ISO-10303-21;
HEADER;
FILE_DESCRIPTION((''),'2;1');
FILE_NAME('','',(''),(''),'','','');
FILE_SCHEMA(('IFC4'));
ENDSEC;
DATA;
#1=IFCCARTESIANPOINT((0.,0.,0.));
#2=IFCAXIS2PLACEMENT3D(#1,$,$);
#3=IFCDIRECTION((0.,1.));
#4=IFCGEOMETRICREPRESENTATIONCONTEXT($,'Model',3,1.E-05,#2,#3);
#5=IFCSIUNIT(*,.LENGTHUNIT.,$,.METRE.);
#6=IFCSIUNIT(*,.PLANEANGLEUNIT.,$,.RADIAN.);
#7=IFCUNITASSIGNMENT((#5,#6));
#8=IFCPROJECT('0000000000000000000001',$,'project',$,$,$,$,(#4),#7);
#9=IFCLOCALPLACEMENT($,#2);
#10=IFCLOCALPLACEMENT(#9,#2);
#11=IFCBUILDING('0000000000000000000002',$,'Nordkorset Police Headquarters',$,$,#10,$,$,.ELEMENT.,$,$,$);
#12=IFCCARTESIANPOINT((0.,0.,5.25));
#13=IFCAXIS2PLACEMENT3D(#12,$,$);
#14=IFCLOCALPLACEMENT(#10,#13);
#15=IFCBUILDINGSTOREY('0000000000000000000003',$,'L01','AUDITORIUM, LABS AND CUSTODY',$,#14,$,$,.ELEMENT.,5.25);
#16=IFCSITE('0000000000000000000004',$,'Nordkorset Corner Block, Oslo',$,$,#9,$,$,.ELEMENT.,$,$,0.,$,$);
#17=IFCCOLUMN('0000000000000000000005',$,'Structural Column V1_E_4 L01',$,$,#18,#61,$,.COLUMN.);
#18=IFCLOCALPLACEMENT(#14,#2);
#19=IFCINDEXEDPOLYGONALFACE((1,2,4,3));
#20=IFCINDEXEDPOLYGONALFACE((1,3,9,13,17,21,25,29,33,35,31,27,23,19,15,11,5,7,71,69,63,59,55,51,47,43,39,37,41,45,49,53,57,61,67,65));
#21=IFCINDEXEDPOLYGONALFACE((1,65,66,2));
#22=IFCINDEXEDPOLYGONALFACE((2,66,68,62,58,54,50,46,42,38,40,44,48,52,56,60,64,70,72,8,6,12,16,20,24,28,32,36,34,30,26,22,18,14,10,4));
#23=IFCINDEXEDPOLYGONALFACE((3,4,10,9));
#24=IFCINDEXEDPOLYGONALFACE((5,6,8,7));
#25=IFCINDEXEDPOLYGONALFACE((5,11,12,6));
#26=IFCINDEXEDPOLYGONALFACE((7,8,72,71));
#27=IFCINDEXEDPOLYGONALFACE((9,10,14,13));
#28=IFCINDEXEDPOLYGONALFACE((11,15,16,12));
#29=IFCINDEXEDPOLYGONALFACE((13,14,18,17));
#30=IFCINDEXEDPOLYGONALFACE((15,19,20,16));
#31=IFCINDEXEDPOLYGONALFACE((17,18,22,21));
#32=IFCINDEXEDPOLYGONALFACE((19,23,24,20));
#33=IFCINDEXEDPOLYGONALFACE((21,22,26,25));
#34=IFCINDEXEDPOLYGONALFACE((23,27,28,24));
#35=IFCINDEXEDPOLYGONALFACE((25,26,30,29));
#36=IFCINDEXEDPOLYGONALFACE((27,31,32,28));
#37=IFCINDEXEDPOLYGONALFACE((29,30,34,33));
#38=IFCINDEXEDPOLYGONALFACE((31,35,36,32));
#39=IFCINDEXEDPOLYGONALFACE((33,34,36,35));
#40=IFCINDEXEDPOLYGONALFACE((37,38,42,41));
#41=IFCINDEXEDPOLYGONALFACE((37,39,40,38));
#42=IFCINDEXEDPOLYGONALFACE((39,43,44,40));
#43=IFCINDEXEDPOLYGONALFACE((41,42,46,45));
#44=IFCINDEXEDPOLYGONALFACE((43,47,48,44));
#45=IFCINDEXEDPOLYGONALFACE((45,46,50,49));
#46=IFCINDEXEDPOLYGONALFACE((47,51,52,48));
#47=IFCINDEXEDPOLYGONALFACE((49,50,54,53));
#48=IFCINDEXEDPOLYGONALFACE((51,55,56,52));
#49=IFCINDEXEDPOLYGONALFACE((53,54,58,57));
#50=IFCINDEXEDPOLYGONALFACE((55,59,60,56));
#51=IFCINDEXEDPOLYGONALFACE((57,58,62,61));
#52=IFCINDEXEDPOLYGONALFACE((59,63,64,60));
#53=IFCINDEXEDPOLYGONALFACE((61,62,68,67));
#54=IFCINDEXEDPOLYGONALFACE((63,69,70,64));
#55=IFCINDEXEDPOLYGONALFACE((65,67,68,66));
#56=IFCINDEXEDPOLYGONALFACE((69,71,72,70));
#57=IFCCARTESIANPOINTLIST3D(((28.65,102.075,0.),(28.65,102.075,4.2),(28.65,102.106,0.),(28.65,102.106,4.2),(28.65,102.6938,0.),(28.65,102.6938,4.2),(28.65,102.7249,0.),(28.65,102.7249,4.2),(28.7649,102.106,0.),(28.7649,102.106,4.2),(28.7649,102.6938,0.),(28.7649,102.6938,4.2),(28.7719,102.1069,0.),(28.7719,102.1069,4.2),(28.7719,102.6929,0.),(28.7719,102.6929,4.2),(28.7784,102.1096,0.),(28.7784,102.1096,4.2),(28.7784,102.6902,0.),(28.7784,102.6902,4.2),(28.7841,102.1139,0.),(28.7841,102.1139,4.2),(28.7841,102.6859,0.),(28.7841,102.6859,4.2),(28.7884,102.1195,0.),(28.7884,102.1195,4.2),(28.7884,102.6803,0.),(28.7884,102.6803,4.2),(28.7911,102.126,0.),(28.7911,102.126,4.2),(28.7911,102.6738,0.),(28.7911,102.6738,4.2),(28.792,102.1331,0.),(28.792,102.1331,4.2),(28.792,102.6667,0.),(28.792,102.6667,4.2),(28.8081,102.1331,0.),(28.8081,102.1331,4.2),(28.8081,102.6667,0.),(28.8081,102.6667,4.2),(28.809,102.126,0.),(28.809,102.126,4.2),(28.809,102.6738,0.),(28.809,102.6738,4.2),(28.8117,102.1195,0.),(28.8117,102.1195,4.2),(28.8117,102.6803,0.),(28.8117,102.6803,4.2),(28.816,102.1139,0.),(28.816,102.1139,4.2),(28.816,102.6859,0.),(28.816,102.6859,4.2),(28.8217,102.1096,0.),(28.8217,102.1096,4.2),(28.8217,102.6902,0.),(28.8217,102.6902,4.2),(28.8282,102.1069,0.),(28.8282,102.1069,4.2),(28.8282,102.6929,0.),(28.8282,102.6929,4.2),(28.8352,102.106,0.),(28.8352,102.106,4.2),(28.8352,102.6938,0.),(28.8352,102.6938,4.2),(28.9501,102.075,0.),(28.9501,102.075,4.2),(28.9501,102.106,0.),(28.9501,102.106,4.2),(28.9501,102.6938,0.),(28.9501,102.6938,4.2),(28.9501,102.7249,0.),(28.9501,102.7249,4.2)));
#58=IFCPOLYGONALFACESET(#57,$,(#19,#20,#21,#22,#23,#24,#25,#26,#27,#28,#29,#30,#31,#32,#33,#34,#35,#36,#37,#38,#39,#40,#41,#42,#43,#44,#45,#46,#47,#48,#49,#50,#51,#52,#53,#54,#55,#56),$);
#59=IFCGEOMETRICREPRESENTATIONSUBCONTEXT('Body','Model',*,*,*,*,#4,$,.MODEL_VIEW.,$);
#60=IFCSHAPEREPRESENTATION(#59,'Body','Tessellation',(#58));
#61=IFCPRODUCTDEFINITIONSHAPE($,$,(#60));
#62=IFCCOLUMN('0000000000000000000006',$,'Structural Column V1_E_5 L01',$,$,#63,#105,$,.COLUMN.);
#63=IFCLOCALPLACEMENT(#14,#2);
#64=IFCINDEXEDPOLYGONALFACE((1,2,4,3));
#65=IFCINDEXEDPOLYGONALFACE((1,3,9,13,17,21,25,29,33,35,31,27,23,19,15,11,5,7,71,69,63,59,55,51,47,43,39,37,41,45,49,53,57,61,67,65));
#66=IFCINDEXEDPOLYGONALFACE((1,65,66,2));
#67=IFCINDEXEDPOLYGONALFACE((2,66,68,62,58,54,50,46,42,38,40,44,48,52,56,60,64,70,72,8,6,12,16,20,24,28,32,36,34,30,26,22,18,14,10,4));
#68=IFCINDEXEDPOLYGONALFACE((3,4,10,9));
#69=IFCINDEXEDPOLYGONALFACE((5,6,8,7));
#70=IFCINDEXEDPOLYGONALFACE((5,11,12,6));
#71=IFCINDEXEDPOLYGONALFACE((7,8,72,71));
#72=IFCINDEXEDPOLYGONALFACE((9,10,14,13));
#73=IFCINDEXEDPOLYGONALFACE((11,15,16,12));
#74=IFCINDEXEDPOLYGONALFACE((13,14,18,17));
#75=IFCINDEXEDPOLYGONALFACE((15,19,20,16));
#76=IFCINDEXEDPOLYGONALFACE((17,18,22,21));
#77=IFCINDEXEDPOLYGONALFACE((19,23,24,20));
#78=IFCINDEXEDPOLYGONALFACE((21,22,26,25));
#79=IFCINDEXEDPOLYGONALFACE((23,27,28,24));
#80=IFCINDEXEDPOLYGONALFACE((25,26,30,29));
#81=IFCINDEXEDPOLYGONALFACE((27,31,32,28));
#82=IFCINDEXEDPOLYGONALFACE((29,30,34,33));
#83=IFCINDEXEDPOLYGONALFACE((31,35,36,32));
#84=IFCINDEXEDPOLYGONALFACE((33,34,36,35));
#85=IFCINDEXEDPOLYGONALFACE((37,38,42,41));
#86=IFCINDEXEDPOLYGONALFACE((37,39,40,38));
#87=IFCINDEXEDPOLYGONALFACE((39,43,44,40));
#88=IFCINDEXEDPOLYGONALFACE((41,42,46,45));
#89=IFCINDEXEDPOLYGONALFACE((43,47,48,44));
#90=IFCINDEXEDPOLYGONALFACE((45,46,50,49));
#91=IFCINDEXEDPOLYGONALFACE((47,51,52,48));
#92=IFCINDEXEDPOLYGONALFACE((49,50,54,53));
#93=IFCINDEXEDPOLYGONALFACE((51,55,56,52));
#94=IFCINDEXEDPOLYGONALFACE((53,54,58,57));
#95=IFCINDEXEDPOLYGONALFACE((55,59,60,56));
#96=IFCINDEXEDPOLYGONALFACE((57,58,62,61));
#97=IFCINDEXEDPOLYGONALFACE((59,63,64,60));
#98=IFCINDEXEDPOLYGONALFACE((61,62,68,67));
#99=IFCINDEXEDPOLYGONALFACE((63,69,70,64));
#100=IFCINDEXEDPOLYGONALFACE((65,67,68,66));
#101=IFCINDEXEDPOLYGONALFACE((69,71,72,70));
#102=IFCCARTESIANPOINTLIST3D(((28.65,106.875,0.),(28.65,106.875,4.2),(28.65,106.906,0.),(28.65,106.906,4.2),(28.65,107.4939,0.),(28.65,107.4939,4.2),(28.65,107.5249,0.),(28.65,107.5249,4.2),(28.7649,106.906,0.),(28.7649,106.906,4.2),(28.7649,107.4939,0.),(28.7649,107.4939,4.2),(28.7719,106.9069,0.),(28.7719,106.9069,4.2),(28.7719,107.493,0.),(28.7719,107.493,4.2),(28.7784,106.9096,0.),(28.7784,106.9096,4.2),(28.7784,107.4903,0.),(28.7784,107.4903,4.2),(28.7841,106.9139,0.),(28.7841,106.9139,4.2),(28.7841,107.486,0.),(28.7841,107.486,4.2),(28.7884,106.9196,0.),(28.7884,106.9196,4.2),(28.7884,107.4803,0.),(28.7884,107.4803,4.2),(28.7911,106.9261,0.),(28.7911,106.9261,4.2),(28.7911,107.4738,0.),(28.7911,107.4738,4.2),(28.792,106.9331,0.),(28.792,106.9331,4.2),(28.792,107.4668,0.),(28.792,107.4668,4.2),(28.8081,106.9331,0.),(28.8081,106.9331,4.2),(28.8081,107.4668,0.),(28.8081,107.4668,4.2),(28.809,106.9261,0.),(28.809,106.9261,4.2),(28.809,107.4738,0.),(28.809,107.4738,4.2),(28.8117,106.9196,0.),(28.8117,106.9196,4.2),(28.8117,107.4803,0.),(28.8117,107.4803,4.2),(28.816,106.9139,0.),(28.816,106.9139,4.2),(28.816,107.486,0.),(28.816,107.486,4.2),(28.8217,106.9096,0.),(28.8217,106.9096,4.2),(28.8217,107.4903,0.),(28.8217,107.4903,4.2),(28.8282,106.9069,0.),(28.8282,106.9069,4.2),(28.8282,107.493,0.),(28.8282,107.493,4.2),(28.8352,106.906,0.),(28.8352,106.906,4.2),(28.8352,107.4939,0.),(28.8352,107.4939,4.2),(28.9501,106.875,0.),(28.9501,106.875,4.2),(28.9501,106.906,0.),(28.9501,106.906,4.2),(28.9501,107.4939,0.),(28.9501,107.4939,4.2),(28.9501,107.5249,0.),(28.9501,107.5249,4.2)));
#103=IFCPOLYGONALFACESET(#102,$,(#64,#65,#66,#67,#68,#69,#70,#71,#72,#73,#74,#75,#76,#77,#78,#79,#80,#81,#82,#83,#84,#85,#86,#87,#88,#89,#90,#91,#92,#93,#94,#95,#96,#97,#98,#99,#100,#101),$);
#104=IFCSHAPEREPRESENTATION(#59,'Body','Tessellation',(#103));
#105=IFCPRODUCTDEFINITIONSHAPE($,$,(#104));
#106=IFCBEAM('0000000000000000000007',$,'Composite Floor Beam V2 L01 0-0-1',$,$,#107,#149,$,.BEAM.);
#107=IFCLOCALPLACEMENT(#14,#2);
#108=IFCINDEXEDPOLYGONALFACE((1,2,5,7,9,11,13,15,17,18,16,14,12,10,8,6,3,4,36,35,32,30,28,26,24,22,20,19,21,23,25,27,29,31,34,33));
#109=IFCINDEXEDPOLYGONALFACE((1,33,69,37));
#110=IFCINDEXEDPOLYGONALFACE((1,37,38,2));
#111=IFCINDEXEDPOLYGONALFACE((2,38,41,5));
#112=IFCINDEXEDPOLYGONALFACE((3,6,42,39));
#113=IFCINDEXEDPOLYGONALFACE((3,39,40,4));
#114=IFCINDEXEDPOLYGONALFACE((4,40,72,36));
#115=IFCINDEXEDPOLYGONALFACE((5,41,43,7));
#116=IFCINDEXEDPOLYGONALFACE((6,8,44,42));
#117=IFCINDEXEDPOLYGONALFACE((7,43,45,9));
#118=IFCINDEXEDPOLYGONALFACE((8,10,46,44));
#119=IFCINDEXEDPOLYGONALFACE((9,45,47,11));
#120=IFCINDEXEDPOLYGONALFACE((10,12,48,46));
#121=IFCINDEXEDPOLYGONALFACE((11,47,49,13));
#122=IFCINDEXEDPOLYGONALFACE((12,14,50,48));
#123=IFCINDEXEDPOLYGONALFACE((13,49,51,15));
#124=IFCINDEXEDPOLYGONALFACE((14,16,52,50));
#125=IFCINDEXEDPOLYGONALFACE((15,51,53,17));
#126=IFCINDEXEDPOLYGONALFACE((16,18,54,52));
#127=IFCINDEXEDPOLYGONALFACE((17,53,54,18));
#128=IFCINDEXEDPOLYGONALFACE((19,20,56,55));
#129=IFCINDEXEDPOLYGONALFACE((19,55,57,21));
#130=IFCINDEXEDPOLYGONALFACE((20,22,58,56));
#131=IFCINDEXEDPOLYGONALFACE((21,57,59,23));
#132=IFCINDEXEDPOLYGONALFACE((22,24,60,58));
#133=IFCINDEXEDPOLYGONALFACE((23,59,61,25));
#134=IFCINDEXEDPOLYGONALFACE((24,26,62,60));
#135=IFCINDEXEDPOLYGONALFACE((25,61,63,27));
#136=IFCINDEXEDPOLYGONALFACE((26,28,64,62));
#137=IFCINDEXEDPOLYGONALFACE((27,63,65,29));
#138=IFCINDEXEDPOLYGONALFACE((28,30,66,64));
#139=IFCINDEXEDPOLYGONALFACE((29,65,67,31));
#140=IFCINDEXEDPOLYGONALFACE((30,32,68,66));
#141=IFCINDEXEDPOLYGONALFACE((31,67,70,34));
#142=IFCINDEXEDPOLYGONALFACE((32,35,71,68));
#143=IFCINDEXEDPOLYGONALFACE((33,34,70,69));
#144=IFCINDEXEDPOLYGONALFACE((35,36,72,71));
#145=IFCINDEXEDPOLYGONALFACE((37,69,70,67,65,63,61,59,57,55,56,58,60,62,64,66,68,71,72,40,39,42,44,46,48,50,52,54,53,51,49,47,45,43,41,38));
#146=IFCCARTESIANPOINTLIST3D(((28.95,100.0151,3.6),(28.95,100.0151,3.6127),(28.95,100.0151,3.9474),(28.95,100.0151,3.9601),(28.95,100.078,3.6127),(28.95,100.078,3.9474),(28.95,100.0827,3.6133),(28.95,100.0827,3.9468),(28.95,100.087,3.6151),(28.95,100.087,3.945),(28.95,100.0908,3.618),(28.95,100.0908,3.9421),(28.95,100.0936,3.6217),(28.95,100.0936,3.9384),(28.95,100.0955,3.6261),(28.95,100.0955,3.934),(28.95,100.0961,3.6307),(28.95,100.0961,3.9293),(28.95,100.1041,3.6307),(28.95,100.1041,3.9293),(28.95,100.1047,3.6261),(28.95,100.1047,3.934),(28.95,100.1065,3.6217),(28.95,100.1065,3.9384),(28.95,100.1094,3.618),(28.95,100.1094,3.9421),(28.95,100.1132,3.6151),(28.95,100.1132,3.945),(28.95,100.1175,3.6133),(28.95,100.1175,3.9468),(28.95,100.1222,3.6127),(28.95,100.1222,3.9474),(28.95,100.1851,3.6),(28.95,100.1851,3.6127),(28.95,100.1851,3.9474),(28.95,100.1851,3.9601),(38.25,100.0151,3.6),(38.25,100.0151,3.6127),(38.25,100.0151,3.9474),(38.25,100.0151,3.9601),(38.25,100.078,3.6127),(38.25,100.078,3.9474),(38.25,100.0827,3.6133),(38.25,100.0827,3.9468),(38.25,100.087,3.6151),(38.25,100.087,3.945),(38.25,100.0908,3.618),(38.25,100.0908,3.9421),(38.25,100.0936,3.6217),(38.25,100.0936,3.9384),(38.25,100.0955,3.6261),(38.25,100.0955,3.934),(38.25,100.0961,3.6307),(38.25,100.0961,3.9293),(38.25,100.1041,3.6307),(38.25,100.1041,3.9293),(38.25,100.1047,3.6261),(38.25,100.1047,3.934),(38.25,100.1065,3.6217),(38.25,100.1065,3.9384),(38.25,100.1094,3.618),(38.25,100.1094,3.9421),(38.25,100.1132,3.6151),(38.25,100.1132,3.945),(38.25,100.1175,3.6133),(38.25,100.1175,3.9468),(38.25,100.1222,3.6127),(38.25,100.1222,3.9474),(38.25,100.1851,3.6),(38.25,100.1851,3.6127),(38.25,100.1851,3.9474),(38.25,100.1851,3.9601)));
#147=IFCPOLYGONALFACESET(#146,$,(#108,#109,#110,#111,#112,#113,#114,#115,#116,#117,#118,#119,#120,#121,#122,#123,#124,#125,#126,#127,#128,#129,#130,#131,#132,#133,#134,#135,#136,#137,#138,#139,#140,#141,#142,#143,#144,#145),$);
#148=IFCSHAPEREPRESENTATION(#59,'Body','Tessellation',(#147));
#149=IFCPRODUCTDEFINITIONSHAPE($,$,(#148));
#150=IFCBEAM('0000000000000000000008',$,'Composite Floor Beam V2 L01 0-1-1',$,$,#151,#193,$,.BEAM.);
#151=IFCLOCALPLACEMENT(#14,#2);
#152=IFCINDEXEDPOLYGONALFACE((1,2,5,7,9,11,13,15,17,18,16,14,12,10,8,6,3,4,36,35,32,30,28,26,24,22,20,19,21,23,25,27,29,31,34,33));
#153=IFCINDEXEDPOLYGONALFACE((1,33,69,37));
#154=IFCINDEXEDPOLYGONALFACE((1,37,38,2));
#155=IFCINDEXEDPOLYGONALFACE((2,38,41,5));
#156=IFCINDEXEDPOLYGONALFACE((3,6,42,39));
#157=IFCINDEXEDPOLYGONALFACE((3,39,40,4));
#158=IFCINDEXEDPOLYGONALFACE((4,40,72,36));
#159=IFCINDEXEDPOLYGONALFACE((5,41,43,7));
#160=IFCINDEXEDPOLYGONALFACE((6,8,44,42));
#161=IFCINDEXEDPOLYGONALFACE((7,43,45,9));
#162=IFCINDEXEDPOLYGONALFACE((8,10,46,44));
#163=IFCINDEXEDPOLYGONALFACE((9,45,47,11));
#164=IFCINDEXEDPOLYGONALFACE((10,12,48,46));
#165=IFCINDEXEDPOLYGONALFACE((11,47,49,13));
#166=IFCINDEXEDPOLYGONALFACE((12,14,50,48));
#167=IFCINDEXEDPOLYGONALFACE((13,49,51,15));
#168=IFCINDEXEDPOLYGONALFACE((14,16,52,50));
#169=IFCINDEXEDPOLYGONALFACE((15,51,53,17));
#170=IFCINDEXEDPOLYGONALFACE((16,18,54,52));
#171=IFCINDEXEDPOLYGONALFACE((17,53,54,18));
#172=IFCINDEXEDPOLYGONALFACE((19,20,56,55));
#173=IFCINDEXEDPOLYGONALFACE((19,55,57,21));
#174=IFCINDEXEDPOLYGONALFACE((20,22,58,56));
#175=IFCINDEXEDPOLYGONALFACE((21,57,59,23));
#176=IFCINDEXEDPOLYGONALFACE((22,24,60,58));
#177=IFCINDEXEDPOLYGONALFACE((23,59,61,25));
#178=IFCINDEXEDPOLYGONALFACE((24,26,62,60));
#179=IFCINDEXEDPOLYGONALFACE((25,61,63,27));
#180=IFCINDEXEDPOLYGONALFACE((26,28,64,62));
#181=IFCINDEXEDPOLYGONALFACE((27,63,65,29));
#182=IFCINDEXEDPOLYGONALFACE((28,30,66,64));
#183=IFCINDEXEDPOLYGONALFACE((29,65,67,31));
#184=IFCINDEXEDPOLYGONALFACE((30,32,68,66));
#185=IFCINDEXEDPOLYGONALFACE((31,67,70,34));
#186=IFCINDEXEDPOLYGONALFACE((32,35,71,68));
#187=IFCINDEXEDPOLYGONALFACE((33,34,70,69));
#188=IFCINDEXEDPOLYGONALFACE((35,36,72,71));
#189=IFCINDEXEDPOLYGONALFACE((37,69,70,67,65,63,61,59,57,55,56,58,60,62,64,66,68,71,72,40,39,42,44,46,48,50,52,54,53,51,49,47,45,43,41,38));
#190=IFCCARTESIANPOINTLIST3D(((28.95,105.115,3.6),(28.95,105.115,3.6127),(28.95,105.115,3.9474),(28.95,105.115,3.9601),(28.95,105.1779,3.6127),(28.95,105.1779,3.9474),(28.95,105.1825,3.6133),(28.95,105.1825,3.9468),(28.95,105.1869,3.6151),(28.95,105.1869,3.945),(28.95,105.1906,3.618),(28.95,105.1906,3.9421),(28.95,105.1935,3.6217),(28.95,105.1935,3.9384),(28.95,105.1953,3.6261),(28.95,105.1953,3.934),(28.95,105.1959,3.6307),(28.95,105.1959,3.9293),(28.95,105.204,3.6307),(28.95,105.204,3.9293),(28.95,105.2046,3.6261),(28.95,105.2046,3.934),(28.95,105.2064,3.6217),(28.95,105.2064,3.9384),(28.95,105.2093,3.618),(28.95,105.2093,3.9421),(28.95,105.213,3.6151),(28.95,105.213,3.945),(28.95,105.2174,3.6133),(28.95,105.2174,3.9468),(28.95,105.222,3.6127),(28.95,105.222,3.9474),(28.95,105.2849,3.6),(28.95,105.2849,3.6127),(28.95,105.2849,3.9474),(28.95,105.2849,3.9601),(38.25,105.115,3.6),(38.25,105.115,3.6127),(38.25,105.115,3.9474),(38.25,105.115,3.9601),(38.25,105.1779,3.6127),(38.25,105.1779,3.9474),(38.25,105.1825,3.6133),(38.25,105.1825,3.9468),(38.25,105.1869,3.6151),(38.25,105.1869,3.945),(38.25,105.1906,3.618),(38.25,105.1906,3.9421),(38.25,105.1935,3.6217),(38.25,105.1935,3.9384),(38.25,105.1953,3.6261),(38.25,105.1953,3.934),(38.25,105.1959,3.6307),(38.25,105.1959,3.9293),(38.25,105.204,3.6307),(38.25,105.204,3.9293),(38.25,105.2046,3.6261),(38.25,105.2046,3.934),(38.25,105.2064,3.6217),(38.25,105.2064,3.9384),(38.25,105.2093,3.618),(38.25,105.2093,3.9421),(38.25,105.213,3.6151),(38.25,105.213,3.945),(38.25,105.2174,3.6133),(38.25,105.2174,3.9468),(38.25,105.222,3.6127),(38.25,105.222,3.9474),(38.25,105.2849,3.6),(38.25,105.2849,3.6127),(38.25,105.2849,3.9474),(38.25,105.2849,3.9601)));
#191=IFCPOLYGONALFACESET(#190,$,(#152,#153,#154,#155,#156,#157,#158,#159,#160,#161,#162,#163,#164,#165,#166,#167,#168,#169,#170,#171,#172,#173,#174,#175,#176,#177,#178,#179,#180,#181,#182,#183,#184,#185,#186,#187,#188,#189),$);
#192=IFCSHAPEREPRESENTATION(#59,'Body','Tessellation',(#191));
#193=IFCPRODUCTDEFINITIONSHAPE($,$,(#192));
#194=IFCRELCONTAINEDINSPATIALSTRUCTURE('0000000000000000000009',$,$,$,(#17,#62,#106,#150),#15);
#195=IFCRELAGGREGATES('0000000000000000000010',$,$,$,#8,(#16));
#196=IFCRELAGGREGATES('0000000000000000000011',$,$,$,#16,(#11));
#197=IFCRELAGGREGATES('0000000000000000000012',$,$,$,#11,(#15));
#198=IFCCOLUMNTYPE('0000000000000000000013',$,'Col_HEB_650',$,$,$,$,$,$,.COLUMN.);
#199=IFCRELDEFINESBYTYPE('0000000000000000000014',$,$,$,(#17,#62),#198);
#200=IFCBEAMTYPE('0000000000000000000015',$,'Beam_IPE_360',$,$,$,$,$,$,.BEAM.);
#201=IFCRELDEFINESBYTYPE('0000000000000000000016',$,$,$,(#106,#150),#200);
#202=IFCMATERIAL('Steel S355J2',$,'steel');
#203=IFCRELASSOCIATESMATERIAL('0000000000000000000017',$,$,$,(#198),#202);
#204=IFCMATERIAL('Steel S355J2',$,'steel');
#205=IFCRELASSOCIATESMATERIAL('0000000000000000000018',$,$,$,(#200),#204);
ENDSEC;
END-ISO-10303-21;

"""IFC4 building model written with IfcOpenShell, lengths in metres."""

from ifc_helpers import new_model, si_unit, direction, frame, origin, origin_2d, place, context, subcontext, project, spatial, i_section, extrude, material, material_profile, profile_set, type_object, element, save


model = new_model("IFC4")

# Units and contexts
model_context = context("Model", 3, precision=1e-05, world=origin(), true_north=direction((0.0, 1.0)))
body_context = subcontext(model_context, "Body", "Model", "MODEL_VIEW")
ifc_project = project(units=[si_unit("LENGTHUNIT", "METRE"), si_unit("PLANEANGLEUNIT", "RADIAN")], contexts=[model_context])

# Site, building, storey
site_placement = place(None, origin())
site = spatial("IfcSite", under=ifc_project, at=site_placement, Name="Nordkorset Corner Block, Oslo", CompositionType="ELEMENT", RefElevation=0.0)
building_placement = place(site_placement, origin())
building = spatial("IfcBuilding", under=site, at=building_placement, Name="Nordkorset Police Headquarters", CompositionType="ELEMENT")
storey_placement = place(building_placement, frame((0.0, 0.0, 5.25)))
storey = spatial("IfcBuildingStorey", under=building, at=storey_placement, Name="L01", Description="AUDITORIUM, LABS AND CUSTODY", CompositionType="ELEMENT", Elevation=5.25)

# Columns
ifc_material_1 = material(Name="Steel S355J2", Category="steel")
ifc_material_profile_1 = material_profile(ifc_material_1, i_section(OverallWidth=0.3, OverallDepth=0.6499, WebThickness=0.0161, FlangeThickness=0.031, FilletRadius=0.0271, at=origin_2d()), Name="HEB 650")
ifc_profile_set_1 = profile_set([ifc_material_profile_1], Name="Steel S355J2")
column_type = type_object("IfcColumnType", Name="Col_HEB_650", PredefinedType="COLUMN", material=ifc_profile_set_1)
for number, where, z_axis, x_axis, name in (
    (1, (28.8, 102.3999, 0.0), (0.0, 0.0, 1.0), (1.0, 0.0, 0.0), "Structural Column V1_E_4 L01"),
    (2, (28.8, 107.2, 0.0), (0.0, 0.0, 1.0), (1.0, 0.0, 0.0), "Structural Column V1_E_5 L01"),
):
    element("IfcColumn", number, at=place(storey_placement, frame(where, z_axis=z_axis, x_axis=x_axis)), inside=storey, type_object=column_type, Name=name, PredefinedType="COLUMN", context=body_context, shape_type="SweptSolid", body=[
        extrude(i_section(OverallWidth=0.3, OverallDepth=0.6499, WebThickness=0.0161, FlangeThickness=0.031, FilletRadius=0.0271, at=origin_2d()), origin(), (0.0, 0.0, 1.0), 4.2),
    ])

# Beams
ifc_material_2 = material(Name="Steel S355J2", Category="steel")
ifc_material_profile_2 = material_profile(ifc_material_2, i_section(OverallWidth=0.1699, OverallDepth=0.3601, WebThickness=0.0081, FlangeThickness=0.0127, FilletRadius=0.0181, at=origin_2d()), Name="IPE 360")
ifc_profile_set_2 = profile_set([ifc_material_profile_2], Name="Steel S355J2")
beam_type_1 = type_object("IfcBeamType", Name="Beam_IPE_360", PredefinedType="BEAM", material=ifc_profile_set_2)
for number, where, z_axis, x_axis, name in (
    (3, (28.95, 100.1001, 3.78), (1.0, 0.0, 0.0), (0.0, 1.0, 0.0), "Composite Floor Beam V2 L01 0-0-1"),
    (4, (28.95, 105.2, 3.78), (1.0, 0.0, 0.0), (0.0, 1.0, 0.0), "Composite Floor Beam V2 L01 0-1-1"),
):
    element("IfcBeam", number, at=place(storey_placement, frame(where, z_axis=z_axis, x_axis=x_axis)), inside=storey, type_object=beam_type_1, Name=name, PredefinedType="BEAM", context=body_context, shape_type="SweptSolid", body=[
        extrude(i_section(OverallWidth=0.1699, OverallDepth=0.3601, WebThickness=0.0081, FlangeThickness=0.0127, FilletRadius=0.0181, at=origin_2d()), origin(), (0.0, 0.0, 1.0), 9.3),
    ])

save(model, "model.ifc")
